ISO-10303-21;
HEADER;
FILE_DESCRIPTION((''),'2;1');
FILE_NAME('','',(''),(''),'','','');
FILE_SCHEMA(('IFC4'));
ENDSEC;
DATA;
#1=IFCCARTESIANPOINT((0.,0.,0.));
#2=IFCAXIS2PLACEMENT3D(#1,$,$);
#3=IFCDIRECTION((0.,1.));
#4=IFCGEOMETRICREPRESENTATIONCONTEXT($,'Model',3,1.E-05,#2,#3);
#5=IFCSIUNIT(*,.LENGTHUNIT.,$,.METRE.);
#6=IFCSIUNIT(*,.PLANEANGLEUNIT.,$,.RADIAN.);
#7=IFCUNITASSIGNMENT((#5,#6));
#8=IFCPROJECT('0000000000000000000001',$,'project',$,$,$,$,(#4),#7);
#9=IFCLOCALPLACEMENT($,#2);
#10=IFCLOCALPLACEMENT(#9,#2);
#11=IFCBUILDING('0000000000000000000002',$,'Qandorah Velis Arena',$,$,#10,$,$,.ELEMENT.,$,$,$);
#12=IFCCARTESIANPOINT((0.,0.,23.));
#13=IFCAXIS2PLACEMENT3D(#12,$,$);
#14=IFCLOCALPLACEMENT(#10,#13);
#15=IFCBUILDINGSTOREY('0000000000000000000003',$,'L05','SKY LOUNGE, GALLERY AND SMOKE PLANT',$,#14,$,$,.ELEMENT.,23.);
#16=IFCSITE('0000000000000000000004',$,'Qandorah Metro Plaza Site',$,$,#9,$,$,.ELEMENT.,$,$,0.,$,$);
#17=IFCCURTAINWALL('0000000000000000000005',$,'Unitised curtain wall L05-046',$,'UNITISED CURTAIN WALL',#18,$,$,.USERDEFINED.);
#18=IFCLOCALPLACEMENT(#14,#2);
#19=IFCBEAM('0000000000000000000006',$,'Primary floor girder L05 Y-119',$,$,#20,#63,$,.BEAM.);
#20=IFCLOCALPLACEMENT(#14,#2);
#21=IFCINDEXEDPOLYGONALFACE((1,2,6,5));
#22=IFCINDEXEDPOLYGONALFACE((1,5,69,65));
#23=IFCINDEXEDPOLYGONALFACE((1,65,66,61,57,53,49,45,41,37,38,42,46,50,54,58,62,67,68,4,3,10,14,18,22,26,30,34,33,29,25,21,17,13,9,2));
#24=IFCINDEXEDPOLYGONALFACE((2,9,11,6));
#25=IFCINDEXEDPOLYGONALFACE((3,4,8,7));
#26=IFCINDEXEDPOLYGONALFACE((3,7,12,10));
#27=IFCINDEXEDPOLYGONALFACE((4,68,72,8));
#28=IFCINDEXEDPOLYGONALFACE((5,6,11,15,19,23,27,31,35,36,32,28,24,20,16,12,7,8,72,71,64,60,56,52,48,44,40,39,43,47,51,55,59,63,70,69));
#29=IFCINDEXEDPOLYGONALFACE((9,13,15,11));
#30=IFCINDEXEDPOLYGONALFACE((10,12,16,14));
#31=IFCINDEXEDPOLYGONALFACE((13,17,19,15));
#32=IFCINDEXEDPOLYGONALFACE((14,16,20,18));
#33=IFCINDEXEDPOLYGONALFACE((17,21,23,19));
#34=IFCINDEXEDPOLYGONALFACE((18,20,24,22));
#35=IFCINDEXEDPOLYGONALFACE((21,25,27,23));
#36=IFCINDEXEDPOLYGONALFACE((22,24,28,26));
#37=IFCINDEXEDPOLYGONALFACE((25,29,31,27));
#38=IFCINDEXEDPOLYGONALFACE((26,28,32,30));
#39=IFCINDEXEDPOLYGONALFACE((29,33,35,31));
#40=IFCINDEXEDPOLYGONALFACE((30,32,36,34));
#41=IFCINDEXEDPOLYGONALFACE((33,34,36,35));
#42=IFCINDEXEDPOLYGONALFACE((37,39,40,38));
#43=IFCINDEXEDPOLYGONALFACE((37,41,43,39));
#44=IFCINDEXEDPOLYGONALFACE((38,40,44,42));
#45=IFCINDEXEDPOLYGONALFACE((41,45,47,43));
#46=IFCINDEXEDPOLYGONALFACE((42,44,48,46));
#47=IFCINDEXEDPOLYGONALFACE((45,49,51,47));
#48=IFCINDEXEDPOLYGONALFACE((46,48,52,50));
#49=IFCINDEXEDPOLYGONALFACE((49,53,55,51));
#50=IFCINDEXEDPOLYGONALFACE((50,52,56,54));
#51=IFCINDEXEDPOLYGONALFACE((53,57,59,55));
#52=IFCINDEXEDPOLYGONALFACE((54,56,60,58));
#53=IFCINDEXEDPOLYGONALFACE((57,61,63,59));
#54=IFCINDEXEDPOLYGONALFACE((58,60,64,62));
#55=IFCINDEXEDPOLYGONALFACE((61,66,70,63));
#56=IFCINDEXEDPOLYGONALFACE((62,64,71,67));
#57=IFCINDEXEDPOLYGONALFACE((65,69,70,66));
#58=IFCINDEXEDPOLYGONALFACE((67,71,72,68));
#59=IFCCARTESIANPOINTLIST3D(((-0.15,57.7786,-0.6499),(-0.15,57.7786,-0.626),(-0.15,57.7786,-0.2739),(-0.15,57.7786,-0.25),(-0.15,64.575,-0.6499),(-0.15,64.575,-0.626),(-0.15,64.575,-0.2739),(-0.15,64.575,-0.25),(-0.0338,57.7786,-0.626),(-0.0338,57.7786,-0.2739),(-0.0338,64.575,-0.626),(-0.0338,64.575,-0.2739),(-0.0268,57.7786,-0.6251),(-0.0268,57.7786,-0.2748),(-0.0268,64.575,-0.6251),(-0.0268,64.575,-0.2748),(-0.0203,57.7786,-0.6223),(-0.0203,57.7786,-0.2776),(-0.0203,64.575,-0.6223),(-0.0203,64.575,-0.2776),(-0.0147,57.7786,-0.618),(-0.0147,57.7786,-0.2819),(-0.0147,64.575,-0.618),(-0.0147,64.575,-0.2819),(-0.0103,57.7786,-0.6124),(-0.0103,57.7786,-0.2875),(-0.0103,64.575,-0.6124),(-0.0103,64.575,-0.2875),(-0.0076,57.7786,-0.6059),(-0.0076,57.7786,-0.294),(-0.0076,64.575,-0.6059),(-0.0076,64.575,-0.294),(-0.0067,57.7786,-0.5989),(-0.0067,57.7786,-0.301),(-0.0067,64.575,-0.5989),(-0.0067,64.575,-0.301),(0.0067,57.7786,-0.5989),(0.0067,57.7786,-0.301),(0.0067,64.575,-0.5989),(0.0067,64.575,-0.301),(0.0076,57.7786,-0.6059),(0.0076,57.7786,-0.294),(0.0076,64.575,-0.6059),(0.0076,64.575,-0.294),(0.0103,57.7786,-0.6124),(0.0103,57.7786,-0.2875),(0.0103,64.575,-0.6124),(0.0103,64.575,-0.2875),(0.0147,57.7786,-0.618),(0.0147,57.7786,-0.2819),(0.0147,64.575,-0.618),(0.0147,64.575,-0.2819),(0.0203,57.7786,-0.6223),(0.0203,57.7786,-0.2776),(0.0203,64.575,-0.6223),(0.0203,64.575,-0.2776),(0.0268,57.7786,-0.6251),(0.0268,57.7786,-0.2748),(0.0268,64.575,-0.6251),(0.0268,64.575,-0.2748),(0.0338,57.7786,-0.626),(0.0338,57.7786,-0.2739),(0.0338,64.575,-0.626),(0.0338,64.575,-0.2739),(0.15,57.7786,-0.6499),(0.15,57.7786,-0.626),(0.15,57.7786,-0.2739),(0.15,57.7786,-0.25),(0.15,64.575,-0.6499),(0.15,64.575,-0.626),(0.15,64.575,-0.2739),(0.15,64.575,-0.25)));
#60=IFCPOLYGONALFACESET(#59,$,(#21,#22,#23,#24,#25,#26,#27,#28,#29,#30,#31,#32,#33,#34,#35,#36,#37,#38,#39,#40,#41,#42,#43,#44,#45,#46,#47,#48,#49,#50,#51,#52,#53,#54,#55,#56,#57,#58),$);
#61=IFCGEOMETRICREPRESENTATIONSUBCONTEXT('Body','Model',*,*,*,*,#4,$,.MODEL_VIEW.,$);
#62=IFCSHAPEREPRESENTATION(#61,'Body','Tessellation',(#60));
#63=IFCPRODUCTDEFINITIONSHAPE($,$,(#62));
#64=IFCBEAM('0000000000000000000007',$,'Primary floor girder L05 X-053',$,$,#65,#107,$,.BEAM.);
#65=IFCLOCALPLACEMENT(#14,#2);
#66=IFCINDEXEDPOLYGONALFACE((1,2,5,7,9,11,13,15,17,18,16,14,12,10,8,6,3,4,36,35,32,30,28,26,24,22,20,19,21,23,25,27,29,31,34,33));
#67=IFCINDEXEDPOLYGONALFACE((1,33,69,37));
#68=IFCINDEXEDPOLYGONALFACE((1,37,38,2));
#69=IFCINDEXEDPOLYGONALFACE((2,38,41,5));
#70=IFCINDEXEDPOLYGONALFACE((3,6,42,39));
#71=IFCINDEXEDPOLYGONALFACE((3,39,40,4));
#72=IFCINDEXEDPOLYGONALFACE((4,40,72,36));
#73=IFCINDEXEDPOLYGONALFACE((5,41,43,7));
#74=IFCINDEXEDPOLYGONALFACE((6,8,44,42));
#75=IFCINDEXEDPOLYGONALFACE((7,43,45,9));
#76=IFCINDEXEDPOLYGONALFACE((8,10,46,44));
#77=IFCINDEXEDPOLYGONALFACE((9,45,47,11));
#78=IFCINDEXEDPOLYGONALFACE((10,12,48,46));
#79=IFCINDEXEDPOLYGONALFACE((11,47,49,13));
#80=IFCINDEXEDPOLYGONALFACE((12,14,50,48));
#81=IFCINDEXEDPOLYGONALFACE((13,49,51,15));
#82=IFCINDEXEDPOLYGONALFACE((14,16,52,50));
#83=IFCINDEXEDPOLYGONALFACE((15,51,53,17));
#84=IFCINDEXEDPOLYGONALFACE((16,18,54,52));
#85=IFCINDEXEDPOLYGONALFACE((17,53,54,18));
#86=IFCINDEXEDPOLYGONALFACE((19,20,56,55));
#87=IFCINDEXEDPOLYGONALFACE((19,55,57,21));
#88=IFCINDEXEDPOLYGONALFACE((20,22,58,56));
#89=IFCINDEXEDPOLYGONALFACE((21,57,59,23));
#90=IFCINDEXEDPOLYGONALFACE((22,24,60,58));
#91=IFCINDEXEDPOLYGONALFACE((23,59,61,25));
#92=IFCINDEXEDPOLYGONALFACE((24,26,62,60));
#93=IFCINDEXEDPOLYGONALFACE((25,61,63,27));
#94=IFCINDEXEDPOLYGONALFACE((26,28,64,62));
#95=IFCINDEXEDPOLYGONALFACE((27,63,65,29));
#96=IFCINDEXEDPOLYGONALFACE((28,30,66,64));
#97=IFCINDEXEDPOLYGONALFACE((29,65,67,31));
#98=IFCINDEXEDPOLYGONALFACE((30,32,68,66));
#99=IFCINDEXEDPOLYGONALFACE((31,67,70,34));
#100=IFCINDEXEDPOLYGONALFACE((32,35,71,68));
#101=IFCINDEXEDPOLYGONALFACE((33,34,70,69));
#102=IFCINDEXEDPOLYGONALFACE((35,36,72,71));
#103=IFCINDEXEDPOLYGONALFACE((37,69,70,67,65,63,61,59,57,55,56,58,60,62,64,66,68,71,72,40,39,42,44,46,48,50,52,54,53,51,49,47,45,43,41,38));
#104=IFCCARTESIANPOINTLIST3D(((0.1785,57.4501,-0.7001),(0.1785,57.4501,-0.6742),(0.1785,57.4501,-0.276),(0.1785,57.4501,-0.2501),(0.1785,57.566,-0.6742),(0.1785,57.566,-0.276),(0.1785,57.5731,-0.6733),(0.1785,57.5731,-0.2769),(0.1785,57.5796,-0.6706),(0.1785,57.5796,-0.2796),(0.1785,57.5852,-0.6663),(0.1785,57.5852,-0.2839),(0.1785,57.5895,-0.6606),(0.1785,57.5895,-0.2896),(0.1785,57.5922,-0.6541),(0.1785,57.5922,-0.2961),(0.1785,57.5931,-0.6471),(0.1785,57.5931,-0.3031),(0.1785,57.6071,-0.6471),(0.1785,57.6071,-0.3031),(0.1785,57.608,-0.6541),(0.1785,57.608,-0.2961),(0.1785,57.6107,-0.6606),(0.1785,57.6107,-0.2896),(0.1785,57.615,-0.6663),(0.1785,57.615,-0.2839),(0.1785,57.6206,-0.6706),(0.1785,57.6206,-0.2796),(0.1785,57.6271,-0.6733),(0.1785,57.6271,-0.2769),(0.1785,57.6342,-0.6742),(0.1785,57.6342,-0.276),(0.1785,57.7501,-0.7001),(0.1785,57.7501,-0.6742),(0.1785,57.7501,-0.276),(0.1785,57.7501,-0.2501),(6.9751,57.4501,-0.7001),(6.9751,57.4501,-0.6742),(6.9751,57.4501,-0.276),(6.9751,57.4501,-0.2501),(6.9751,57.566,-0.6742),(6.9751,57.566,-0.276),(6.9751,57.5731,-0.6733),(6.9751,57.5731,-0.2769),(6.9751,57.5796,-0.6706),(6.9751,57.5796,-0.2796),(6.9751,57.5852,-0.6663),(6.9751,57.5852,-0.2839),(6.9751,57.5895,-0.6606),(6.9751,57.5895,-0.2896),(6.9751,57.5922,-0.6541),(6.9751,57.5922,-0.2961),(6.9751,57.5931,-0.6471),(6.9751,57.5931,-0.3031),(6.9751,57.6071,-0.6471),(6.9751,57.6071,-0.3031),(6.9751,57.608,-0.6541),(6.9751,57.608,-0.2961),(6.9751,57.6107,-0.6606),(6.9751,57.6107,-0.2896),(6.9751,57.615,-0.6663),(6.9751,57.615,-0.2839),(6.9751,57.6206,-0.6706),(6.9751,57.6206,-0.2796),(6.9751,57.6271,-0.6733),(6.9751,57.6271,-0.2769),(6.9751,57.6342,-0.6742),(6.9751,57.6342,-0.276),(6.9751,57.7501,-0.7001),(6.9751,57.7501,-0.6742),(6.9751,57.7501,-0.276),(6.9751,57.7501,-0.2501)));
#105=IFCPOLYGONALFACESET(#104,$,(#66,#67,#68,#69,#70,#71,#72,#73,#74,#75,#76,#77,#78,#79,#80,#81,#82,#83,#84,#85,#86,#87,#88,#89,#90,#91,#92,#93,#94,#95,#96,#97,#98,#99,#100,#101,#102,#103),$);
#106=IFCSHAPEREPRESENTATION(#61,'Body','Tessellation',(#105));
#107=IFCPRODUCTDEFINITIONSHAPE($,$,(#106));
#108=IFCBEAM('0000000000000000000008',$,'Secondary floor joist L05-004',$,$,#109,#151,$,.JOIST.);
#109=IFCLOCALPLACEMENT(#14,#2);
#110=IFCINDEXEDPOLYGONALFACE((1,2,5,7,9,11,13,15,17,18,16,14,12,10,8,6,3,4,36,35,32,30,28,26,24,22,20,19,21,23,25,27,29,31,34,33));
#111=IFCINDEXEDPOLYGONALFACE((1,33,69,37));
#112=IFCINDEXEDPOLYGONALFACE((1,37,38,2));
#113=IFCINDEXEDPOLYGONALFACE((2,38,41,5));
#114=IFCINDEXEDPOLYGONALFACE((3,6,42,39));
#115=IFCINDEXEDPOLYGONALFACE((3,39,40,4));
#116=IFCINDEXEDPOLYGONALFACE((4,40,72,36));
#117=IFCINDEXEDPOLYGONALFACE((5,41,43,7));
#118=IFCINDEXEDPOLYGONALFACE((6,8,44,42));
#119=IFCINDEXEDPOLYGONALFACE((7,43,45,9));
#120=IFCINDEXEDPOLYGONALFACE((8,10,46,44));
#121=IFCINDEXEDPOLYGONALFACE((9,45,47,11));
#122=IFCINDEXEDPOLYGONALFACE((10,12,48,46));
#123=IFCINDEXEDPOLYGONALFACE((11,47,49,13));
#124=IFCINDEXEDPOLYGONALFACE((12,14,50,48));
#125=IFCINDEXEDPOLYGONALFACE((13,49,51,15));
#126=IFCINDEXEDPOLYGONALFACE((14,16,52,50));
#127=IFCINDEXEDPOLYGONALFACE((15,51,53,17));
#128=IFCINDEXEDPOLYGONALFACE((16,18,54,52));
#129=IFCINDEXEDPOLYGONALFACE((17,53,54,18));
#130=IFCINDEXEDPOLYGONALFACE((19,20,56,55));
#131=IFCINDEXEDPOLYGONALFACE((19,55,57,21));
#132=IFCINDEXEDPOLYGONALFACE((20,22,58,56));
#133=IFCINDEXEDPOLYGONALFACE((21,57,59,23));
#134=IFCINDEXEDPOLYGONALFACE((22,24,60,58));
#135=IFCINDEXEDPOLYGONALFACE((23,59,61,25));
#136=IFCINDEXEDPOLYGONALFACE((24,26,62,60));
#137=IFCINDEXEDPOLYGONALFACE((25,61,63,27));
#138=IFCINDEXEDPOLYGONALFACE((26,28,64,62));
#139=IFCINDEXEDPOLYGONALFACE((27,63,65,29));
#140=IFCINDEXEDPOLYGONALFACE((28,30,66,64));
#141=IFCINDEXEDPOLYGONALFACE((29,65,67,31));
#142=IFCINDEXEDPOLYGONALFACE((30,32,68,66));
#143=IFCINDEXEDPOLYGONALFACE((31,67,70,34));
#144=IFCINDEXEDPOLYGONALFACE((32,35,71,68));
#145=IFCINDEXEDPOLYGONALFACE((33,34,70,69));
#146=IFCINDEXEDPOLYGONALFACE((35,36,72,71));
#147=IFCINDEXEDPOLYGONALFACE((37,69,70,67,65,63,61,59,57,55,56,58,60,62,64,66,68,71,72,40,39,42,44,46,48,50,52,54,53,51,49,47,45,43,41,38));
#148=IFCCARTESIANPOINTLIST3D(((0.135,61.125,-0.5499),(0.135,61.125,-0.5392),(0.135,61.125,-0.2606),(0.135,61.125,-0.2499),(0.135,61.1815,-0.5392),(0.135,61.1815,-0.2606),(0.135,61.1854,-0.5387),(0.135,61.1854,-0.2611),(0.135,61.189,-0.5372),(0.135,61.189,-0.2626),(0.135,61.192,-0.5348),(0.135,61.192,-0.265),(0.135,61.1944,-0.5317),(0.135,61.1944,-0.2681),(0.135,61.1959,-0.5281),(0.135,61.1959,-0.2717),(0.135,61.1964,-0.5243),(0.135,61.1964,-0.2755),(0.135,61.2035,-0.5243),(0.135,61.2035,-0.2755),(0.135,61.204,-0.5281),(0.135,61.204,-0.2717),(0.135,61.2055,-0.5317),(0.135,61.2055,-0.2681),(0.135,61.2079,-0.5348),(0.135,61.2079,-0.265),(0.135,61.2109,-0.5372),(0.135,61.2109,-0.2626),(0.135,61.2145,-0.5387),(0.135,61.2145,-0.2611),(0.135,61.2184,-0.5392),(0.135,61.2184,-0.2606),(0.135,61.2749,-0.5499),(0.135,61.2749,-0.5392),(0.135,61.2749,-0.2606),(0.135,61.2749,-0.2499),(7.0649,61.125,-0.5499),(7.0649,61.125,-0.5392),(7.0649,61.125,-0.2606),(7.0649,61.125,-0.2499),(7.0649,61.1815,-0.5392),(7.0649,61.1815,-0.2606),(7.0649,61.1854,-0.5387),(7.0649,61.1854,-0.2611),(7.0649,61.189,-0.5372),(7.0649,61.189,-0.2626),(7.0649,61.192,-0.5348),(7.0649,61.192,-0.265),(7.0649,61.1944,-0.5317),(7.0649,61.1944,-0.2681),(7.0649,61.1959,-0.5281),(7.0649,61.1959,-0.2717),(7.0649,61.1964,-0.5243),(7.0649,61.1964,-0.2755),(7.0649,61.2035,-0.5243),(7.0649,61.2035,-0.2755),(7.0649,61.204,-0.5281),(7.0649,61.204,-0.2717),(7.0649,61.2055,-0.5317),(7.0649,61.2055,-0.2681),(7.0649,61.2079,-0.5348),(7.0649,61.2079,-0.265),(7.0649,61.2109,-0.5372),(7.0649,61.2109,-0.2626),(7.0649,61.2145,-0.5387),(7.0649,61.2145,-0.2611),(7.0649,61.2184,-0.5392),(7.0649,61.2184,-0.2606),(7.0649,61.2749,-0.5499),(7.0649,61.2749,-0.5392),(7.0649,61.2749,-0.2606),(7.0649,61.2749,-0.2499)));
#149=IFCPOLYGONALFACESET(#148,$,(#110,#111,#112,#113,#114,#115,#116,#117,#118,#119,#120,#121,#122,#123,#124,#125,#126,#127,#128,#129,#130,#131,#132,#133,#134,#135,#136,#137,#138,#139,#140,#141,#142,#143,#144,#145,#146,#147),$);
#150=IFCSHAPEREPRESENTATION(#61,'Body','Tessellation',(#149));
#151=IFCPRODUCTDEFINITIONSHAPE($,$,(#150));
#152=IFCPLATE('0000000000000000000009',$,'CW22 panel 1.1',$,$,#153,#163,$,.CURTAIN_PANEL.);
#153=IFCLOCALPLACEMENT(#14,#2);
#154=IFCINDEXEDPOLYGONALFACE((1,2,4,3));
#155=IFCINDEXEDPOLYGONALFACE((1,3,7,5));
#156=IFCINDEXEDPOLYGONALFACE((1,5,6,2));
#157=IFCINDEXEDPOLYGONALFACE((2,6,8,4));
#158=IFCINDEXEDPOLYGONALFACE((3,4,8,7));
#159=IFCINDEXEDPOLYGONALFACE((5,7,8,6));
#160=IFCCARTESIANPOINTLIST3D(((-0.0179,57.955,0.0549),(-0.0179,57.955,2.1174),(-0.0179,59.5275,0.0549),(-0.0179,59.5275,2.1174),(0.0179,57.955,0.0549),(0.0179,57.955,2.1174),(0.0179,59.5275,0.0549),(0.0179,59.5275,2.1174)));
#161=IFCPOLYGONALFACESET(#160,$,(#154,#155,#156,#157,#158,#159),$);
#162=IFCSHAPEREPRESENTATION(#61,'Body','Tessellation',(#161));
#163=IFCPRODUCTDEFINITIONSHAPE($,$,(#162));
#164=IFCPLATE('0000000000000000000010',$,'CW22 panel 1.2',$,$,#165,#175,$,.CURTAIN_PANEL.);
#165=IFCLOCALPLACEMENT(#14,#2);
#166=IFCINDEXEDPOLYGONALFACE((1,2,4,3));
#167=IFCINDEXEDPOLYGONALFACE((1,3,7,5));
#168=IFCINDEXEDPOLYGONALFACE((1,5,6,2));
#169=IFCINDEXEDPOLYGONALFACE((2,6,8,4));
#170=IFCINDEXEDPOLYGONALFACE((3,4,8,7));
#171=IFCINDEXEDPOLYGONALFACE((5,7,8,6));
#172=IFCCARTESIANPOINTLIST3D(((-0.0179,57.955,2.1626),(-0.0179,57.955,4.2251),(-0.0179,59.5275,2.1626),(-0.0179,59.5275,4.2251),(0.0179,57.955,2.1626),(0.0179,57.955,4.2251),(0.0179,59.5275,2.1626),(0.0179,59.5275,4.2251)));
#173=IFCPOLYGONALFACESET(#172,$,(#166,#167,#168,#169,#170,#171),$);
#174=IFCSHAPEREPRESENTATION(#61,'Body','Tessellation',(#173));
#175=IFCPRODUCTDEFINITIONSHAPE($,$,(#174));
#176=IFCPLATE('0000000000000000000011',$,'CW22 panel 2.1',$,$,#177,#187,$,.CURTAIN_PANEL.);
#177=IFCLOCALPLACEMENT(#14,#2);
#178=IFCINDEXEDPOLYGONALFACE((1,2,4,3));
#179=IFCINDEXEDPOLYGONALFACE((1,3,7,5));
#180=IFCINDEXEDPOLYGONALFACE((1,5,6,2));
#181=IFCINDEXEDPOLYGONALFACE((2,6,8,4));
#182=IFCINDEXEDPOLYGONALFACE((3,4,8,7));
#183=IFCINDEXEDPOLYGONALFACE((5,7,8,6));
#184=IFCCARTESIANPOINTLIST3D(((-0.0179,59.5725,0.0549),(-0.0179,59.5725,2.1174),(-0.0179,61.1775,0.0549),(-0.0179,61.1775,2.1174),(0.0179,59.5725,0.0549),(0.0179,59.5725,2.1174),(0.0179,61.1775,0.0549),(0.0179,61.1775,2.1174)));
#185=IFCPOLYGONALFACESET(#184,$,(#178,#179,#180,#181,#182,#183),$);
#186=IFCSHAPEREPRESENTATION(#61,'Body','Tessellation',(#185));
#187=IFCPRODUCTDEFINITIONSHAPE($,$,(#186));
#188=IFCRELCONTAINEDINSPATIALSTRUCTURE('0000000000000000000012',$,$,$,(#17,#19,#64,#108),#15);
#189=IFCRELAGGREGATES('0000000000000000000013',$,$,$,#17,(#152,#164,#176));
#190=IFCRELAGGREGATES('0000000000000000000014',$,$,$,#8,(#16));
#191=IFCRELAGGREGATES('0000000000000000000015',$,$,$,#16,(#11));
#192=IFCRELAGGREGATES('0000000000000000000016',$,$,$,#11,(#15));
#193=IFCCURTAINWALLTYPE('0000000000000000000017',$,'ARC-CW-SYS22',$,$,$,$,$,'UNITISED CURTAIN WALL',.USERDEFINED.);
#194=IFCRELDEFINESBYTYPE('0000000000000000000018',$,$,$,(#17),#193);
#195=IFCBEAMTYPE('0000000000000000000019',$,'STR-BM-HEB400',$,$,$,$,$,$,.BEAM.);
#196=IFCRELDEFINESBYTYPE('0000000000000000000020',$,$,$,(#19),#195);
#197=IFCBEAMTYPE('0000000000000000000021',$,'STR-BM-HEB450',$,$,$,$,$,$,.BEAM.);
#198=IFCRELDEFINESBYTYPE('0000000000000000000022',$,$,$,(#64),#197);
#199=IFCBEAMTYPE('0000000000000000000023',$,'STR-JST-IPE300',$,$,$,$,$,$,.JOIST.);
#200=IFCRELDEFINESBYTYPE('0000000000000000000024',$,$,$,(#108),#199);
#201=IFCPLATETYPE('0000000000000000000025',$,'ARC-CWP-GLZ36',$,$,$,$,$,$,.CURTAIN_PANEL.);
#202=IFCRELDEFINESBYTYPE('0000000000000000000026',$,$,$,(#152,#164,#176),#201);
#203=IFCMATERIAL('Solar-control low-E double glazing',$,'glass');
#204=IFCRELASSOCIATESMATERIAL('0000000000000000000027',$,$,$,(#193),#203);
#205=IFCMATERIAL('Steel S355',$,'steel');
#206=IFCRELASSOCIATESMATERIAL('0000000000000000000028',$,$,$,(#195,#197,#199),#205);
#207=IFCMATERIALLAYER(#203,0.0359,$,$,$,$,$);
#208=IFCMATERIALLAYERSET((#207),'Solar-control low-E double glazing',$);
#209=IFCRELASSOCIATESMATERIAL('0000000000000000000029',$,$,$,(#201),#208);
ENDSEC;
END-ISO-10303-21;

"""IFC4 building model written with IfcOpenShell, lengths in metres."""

from ifc_helpers import new_model, si_unit, direction, frame, origin, origin_2d, place, context, subcontext, project, spatial, rectangle, i_section, extrude, material, layer, layer_set, material_profile, profile_set, type_object, element, aggregate, save


model = new_model("IFC4")

# Units and contexts
model_context = context("Model", 3, precision=1e-05, world=origin(), true_north=direction((0.0, 1.0)))
body_context = subcontext(model_context, "Body", "Model", "MODEL_VIEW")
ifc_project = project(units=[si_unit("LENGTHUNIT", "METRE"), si_unit("PLANEANGLEUNIT", "RADIAN")], contexts=[model_context])

# Site, building, storey
site_placement = place(None, origin())
site = spatial("IfcSite", under=ifc_project, at=site_placement, Name="Qandorah Metro Plaza Site", CompositionType="ELEMENT", RefElevation=0.0)
building_placement = place(site_placement, origin())
building = spatial("IfcBuilding", under=site, at=building_placement, Name="Qandorah Velis Arena", CompositionType="ELEMENT")
storey_placement = place(building_placement, frame((0.0, 0.0, 23.0)))
storey = spatial("IfcBuildingStorey", under=building, at=storey_placement, Name="L05", Description="SKY LOUNGE, GALLERY AND SMOKE PLANT", CompositionType="ELEMENT", Elevation=23.0)

# Curtain wall
ifc_material_1 = material(Name="Solar-control low-E double glazing", Category="glass")
curtain_wall_type = type_object("IfcCurtainWallType", Name="ARC-CW-SYS22", ElementType="UNITISED CURTAIN WALL", PredefinedType="USERDEFINED", material=ifc_material_1)
curtain_wall_placement = place(storey_placement, origin())
curtain_wall = element("IfcCurtainWall", 1, at=curtain_wall_placement, inside=storey, type_object=curtain_wall_type, Name="Unitised curtain wall L05-046", ObjectType="UNITISED CURTAIN WALL", PredefinedType="USERDEFINED")

# Beams
ifc_material_2 = material(Name="Steel S355", Category="steel")
ifc_material_profile_1 = material_profile(ifc_material_2, i_section(OverallWidth=0.3, OverallDepth=0.3999, WebThickness=0.0134, FlangeThickness=0.0239, FilletRadius=0.0271, at=origin_2d()), Name="HEB 400")
ifc_profile_set_1 = profile_set([ifc_material_profile_1], Name="Steel S355")
beam_type_1 = type_object("IfcBeamType", Name="STR-BM-HEB400", PredefinedType="BEAM", material=ifc_profile_set_1)
beam_1_placement = place(storey_placement, frame((0.0, 57.7786, -0.45), z_axis=(0.0, 1.0, 0.0), x_axis=(-1.0, 0.0, 0.0)))
element("IfcBeam", 2, at=beam_1_placement, inside=storey, type_object=beam_type_1, Name="Primary floor girder L05 Y-119", PredefinedType="BEAM", context=body_context, shape_type="SweptSolid", body=[
    extrude(i_section(OverallWidth=0.3, OverallDepth=0.3999, WebThickness=0.0134, FlangeThickness=0.0239, FilletRadius=0.0271, at=origin_2d()), origin(), (0.0, 0.0, 1.0), 6.7964),
])
ifc_material_profile_2 = material_profile(ifc_material_2, i_section(OverallWidth=0.3, OverallDepth=0.45, WebThickness=0.0139, FlangeThickness=0.0259, FilletRadius=0.0271, at=origin_2d()), Name="HEB 450")
ifc_profile_set_2 = profile_set([ifc_material_profile_2], Name="Steel S355")
beam_type_2 = type_object("IfcBeamType", Name="STR-BM-HEB450", PredefinedType="BEAM", material=ifc_profile_set_2)
beam_2_placement = place(storey_placement, frame((0.1785, 57.6001, -0.4751), z_axis=(1.0, 0.0, 0.0), x_axis=(0.0, 1.0, 0.0)))
element("IfcBeam", 3, at=beam_2_placement, inside=storey, type_object=beam_type_2, Name="Primary floor girder L05 X-053", PredefinedType="BEAM", context=body_context, shape_type="SweptSolid", body=[
    extrude(i_section(OverallWidth=0.3, OverallDepth=0.45, WebThickness=0.0139, FlangeThickness=0.0259, FilletRadius=0.0271, at=origin_2d()), origin(), (0.0, 0.0, 1.0), 6.7966),
])
ifc_material_profile_3 = material_profile(ifc_material_2, i_section(OverallWidth=0.1499, OverallDepth=0.3, WebThickness=0.0071, FlangeThickness=0.0107, FilletRadius=0.0149, at=origin_2d()), Name="IPE 300")
ifc_profile_set_3 = profile_set([ifc_material_profile_3], Name="Steel S355")
beam_type_3 = type_object("IfcBeamType", Name="STR-JST-IPE300", PredefinedType="JOIST", material=ifc_profile_set_3)
beam_3_placement = place(storey_placement, frame((0.135, 61.2, -0.3999), z_axis=(1.0, 0.0, 0.0), x_axis=(0.0, 1.0, 0.0)))
element("IfcBeam", 4, at=beam_3_placement, inside=storey, type_object=beam_type_3, Name="Secondary floor joist L05-004", PredefinedType="JOIST", context=body_context, shape_type="SweptSolid", body=[
    extrude(i_section(OverallWidth=0.1499, OverallDepth=0.3, WebThickness=0.0071, FlangeThickness=0.0107, FilletRadius=0.0149, at=origin_2d()), origin(), (0.0, 0.0, 1.0), 6.9299),
])

# Plates
ifc_layer_1 = layer(ifc_material_1, 0.0359)
ifc_layer_set_1 = layer_set([ifc_layer_1], Name="Solar-control low-E double glazing")
plate_type = type_object("IfcPlateType", Name="ARC-CWP-GLZ36", PredefinedType="CURTAIN_PANEL", material=ifc_layer_set_1)
plate_1_placement = place(storey_placement, frame((0.0, 58.7412, 0.0549), z_axis=(0.0, 0.0, 1.0), x_axis=(0.0, 1.0, 0.0)))
plate_1 = element("IfcPlate", 5, at=plate_1_placement, type_object=plate_type, Name="CW22 panel 1.1", PredefinedType="CURTAIN_PANEL", context=body_context, shape_type="SweptSolid", body=[
    extrude(rectangle(XDim=1.5725, YDim=0.0359, at=origin_2d()), origin(), (0.0, 0.0, 1.0), 2.0625),
])
plate_2_placement = place(storey_placement, frame((0.0, 58.7412, 2.1626), z_axis=(0.0, 0.0, 1.0), x_axis=(0.0, 1.0, 0.0)))
plate_2 = element("IfcPlate", 6, at=plate_2_placement, type_object=plate_type, Name="CW22 panel 1.2", PredefinedType="CURTAIN_PANEL", context=body_context, shape_type="SweptSolid", body=[
    extrude(rectangle(XDim=1.5725, YDim=0.0359, at=origin_2d()), origin(), (0.0, 0.0, 1.0), 2.0625),
])
plate_3_placement = place(storey_placement, frame((0.0, 60.375, 0.0549), z_axis=(0.0, 0.0, 1.0), x_axis=(0.0, 1.0, 0.0)))
plate_3 = element("IfcPlate", 7, at=plate_3_placement, type_object=plate_type, Name="CW22 panel 2.1", PredefinedType="CURTAIN_PANEL", context=body_context, shape_type="SweptSolid", body=[
    extrude(rectangle(XDim=1.605, YDim=0.0359, at=origin_2d()), origin(), (0.0, 0.0, 1.0), 2.0625),
])
aggregate(curtain_wall, [plate_1, plate_2, plate_3])

save(model, "model.ifc")
